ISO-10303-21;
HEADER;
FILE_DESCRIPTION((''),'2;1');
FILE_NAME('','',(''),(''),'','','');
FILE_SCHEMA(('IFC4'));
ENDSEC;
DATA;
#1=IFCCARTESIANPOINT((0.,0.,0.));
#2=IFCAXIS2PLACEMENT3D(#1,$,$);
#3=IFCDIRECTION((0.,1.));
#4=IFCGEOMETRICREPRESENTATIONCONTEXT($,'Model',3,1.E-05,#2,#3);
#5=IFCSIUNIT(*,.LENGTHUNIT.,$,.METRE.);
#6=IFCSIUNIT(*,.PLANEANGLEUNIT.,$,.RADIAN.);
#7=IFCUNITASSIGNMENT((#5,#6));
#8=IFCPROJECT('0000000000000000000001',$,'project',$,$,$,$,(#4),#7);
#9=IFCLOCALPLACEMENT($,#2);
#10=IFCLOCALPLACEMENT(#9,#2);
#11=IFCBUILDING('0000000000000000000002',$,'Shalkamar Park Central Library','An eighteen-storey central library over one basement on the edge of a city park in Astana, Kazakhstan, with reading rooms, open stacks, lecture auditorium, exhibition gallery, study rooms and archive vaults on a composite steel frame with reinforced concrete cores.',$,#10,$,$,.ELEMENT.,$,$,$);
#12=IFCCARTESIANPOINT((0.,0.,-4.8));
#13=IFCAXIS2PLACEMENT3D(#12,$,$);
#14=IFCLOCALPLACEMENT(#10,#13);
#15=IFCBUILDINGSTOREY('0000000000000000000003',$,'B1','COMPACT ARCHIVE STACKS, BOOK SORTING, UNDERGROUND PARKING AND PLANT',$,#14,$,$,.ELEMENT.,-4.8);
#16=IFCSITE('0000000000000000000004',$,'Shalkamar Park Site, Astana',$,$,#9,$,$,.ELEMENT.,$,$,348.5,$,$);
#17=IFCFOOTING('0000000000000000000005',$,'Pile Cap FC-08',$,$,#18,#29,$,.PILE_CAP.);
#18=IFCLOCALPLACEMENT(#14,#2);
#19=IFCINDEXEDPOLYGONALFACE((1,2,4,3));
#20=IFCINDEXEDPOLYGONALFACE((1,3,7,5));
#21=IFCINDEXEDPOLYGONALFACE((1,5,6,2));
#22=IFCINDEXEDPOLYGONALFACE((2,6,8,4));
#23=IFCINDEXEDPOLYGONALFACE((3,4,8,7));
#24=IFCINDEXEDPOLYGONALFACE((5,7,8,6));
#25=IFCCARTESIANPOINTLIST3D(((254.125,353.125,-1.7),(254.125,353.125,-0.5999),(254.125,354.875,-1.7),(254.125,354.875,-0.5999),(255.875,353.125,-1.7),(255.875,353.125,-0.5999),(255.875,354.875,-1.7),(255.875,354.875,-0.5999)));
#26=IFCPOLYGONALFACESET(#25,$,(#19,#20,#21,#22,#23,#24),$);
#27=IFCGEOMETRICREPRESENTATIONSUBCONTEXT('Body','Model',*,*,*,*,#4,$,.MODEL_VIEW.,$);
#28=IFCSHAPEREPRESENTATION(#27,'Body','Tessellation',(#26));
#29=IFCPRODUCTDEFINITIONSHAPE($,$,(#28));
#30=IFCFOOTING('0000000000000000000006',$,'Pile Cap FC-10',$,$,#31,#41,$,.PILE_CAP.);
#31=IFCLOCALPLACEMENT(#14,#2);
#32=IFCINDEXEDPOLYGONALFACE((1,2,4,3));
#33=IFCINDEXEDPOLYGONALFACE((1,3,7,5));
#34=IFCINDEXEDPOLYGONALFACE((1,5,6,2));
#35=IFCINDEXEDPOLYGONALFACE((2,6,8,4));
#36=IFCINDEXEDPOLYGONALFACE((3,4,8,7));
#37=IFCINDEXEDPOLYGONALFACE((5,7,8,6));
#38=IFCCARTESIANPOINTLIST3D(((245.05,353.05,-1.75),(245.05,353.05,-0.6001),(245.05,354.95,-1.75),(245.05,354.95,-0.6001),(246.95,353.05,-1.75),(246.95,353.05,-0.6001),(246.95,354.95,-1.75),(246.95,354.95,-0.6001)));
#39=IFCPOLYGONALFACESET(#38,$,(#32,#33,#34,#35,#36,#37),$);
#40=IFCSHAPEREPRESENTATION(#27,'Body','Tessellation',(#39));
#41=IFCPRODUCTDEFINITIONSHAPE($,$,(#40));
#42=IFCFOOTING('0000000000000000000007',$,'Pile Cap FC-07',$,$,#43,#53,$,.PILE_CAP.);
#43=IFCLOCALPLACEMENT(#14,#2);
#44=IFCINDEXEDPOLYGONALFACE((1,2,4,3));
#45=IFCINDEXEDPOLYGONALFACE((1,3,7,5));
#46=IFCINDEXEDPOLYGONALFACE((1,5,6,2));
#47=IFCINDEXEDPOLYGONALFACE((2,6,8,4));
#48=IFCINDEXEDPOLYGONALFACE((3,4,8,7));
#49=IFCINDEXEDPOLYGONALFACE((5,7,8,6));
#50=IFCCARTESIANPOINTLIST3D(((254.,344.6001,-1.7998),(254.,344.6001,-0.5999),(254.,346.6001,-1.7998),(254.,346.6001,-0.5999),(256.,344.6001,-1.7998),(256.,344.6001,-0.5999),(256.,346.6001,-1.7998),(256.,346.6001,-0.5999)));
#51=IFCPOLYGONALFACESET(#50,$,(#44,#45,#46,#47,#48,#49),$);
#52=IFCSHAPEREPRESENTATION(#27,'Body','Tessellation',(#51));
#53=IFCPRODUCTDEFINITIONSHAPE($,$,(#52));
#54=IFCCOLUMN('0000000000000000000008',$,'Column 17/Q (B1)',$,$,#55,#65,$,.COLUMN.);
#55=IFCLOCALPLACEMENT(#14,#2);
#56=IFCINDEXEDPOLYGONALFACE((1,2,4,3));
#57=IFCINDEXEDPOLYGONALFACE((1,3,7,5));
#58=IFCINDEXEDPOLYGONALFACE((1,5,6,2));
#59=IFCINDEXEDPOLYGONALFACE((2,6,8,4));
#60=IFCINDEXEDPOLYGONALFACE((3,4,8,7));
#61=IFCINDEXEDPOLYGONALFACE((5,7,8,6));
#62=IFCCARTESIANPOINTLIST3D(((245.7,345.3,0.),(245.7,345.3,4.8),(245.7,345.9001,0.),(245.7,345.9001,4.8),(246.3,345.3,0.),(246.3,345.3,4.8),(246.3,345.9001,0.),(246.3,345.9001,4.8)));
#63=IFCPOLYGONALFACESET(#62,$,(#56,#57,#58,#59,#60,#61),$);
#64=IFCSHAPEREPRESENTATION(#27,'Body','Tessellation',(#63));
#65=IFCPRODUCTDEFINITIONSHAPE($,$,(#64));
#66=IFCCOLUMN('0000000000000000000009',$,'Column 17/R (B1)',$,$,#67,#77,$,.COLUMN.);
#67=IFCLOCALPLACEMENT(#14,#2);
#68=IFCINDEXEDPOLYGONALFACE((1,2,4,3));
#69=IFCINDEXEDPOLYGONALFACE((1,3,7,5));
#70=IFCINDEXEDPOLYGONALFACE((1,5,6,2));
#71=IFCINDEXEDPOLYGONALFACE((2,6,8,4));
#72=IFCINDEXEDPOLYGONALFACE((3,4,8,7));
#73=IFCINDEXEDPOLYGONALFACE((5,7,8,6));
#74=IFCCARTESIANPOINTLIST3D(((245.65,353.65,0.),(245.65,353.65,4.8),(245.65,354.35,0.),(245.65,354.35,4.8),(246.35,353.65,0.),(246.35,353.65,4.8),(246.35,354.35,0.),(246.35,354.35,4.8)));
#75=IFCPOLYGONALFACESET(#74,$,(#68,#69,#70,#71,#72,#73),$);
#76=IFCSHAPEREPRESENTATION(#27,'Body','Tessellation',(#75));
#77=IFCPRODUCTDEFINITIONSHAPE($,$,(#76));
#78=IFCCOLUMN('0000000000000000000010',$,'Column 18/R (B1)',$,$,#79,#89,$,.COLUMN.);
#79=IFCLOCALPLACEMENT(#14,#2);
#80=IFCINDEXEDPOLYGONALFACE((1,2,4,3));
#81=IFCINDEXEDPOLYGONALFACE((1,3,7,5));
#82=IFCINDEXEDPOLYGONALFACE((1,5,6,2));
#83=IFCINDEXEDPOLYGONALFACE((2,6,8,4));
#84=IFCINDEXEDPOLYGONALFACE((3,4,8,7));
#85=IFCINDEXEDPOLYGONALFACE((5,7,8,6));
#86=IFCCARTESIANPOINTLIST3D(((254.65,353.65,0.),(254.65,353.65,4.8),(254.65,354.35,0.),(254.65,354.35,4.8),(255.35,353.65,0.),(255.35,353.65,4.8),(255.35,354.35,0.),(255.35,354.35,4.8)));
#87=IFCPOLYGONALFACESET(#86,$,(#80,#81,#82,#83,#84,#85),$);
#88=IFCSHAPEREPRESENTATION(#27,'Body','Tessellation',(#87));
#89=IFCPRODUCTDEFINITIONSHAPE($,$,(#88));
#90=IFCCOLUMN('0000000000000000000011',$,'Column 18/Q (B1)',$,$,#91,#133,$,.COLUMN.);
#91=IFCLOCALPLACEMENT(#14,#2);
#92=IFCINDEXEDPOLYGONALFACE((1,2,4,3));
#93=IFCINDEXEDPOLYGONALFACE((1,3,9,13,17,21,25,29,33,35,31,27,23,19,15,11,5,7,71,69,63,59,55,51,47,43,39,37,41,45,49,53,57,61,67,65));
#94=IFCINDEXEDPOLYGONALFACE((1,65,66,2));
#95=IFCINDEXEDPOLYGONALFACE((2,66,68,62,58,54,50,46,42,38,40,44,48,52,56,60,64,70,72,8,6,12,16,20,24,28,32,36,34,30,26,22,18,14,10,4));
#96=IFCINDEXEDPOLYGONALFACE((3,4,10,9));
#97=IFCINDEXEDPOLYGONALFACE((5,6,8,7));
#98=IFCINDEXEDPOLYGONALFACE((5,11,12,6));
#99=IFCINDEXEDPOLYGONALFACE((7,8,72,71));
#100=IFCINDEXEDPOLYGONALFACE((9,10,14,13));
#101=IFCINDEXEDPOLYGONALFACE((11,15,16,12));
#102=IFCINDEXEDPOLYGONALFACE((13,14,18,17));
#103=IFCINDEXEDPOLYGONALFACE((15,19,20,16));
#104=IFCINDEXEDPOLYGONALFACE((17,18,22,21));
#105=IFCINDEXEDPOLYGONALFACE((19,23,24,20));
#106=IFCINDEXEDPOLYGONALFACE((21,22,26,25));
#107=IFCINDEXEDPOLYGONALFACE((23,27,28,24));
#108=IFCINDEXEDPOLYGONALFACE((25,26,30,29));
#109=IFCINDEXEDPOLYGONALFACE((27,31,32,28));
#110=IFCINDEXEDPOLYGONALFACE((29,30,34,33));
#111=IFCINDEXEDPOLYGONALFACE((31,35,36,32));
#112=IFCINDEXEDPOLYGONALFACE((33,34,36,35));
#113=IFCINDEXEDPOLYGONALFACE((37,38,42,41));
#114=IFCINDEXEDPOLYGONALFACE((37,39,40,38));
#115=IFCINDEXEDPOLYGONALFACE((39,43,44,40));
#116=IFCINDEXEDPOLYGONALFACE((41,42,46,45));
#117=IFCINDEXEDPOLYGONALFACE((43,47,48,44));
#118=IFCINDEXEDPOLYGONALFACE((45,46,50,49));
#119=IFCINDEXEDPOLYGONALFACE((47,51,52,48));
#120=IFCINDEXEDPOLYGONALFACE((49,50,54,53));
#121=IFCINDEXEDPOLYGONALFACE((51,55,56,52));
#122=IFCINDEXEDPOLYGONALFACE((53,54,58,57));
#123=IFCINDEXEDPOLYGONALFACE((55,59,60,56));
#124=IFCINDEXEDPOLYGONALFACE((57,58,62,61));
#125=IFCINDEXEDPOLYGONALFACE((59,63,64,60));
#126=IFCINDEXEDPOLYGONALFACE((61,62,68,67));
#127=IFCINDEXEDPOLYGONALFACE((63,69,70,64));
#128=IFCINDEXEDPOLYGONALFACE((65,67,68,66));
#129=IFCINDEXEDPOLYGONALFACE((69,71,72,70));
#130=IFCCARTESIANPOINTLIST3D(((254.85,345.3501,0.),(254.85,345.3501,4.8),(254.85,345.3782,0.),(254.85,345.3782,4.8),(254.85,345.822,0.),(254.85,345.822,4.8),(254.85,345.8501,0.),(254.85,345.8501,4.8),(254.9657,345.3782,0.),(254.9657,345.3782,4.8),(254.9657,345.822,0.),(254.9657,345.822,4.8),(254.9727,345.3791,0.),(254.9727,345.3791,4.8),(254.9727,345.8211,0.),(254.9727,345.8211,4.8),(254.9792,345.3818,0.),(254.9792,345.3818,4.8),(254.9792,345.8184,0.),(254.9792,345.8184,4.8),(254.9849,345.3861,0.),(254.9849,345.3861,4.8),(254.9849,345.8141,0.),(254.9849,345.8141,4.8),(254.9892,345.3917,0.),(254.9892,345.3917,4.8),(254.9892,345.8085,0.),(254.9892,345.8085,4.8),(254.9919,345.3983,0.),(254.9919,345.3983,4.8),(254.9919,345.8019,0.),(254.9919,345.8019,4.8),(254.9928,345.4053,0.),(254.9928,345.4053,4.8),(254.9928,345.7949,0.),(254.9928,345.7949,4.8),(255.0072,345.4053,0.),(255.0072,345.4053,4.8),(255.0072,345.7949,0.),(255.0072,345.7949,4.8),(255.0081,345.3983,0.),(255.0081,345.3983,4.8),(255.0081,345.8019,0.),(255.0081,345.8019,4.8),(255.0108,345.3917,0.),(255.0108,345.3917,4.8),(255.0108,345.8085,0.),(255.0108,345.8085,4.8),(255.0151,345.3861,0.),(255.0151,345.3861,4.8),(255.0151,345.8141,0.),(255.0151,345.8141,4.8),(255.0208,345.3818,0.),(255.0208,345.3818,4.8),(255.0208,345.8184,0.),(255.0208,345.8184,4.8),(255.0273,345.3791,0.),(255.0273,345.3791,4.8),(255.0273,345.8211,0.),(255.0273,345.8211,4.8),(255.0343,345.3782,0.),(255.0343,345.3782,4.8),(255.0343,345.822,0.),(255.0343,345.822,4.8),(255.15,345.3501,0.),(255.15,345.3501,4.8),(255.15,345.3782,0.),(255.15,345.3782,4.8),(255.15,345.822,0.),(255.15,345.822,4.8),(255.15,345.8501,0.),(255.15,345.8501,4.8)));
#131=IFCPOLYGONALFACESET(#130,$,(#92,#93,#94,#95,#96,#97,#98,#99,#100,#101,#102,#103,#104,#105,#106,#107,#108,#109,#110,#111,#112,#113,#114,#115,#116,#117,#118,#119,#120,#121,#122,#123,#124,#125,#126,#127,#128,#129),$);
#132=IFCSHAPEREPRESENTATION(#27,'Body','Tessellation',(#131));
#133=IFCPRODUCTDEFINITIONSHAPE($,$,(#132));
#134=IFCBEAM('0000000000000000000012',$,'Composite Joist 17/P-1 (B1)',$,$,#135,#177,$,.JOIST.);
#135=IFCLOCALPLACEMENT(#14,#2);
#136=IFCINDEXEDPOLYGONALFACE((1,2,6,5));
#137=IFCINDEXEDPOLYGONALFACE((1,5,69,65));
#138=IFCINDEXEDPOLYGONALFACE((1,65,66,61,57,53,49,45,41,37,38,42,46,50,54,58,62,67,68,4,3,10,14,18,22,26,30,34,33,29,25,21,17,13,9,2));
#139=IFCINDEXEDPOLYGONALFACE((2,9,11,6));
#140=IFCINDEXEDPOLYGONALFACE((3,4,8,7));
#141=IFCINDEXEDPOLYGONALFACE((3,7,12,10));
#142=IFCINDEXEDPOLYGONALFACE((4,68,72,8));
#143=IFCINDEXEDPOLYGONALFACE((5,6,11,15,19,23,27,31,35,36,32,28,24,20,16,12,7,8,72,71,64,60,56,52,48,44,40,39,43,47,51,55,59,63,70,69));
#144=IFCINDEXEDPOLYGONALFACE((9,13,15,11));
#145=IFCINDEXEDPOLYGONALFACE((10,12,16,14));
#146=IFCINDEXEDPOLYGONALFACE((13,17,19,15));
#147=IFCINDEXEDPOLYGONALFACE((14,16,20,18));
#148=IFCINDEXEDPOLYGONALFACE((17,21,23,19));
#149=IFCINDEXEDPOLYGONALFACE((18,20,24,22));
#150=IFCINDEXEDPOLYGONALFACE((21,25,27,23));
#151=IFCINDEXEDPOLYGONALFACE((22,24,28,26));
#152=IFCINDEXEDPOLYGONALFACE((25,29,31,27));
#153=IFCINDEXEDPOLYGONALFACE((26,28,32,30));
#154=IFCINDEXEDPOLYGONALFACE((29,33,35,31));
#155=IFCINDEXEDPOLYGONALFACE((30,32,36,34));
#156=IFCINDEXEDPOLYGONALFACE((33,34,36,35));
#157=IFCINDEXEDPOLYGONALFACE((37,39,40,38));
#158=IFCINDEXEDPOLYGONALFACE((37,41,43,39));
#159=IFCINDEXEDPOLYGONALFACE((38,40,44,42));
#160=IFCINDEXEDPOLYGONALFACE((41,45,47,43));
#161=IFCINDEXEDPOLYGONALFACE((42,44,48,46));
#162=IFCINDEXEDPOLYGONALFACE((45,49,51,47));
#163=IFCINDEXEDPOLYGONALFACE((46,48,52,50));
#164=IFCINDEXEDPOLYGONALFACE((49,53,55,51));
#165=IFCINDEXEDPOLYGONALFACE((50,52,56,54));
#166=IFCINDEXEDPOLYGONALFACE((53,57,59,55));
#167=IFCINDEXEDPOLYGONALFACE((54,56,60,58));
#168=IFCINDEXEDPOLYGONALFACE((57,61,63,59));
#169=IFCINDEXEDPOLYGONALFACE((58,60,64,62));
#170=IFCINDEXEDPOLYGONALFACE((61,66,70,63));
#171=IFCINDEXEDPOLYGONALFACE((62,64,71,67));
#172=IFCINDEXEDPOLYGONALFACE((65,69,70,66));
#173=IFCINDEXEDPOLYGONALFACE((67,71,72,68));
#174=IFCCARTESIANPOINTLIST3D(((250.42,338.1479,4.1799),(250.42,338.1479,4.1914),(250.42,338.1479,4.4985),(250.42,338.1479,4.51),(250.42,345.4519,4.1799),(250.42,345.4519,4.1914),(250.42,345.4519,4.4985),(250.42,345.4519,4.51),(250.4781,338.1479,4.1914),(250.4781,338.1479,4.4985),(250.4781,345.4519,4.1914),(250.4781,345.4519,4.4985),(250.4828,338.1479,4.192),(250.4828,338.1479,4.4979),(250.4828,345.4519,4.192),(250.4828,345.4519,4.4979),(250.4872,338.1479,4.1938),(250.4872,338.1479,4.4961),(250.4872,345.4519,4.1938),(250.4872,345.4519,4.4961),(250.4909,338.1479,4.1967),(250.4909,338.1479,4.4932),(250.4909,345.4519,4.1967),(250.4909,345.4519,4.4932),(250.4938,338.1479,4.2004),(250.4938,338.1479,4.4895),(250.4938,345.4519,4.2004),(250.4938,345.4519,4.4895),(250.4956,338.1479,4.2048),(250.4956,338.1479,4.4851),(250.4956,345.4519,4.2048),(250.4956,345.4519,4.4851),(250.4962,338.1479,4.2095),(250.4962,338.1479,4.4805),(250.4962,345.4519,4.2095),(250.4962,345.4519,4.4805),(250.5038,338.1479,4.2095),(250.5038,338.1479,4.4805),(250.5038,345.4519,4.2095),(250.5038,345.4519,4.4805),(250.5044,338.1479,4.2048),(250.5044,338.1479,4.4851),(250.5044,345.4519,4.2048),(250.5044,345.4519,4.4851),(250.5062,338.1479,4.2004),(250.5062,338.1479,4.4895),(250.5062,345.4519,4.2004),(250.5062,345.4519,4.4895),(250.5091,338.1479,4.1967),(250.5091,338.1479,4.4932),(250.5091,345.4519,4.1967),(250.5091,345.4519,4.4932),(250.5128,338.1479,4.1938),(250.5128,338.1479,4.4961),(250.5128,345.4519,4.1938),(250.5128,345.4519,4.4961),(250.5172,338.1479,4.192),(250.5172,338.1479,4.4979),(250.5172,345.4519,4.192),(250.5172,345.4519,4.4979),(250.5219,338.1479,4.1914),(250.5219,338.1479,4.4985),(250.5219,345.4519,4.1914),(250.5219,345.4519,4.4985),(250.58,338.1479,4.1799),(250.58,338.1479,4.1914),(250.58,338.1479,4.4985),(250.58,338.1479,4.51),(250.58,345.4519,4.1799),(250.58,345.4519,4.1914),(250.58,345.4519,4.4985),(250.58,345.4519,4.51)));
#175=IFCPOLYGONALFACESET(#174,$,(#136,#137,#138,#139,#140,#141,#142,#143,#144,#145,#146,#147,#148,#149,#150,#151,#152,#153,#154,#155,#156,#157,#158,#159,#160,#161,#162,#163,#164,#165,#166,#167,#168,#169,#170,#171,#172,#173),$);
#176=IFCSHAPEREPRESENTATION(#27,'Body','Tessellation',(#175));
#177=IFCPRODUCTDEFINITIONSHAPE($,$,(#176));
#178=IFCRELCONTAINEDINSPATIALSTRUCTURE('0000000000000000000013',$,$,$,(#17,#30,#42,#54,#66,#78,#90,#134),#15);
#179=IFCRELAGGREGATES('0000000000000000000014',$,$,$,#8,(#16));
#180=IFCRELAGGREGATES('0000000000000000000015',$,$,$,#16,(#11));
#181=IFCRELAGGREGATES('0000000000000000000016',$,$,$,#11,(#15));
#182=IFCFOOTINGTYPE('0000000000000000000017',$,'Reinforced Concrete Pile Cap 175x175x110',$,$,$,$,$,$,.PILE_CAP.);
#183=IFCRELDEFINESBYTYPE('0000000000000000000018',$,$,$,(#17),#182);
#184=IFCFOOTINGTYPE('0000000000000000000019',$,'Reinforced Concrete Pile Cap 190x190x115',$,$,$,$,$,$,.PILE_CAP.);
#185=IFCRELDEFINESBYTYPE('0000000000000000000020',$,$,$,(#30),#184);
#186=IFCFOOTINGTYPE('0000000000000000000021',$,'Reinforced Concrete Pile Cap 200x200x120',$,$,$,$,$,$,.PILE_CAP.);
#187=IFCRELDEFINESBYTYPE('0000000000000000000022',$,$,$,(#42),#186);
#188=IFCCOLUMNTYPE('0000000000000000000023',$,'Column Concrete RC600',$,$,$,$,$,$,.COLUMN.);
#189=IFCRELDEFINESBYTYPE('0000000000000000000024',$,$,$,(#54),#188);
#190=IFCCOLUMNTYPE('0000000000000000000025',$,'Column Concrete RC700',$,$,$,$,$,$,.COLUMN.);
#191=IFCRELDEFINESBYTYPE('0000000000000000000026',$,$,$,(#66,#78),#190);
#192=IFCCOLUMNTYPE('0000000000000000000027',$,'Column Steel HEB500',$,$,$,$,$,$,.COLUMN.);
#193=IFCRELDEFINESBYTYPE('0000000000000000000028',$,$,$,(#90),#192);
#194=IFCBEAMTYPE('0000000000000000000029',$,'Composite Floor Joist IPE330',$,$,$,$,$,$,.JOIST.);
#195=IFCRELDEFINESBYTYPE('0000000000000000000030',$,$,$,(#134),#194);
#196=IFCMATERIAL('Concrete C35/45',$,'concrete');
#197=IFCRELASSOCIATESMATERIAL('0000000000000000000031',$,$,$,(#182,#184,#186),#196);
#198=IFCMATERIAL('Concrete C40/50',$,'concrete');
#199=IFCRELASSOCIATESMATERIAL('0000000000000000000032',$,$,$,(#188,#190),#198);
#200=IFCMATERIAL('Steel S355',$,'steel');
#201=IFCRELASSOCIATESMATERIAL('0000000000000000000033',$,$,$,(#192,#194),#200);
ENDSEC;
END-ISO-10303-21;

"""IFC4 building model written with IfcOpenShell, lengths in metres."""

from ifc_helpers import new_model, si_unit, direction, frame, origin, origin_2d, place, context, subcontext, project, spatial, rectangle, i_section, extrude, material, material_profile, profile_set, type_object, element, save


model = new_model("IFC4")

# Units and contexts
model_context = context("Model", 3, precision=1e-05, world=origin(), true_north=direction((0.0, 1.0)))
body_context = subcontext(model_context, "Body", "Model", "MODEL_VIEW")
ifc_project = project(units=[si_unit("LENGTHUNIT", "METRE"), si_unit("PLANEANGLEUNIT", "RADIAN")], contexts=[model_context])

# Site, building, storey
site_placement = place(None, origin())
site = spatial("IfcSite", under=ifc_project, at=site_placement, Name="Shalkamar Park Site, Astana", CompositionType="ELEMENT", RefElevation=348.5)
building_placement = place(site_placement, origin())
building = spatial("IfcBuilding", under=site, at=building_placement, Name="Shalkamar Park Central Library", Description="An eighteen-storey central library over one basement on the edge of a city park in Astana, Kazakhstan, with reading rooms, open stacks, lecture auditorium, exhibition gallery, study rooms and archive vaults on a composite steel frame with reinforced concrete cores.", CompositionType="ELEMENT")
storey_placement = place(building_placement, frame((0.0, 0.0, -4.8)))
storey = spatial("IfcBuildingStorey", under=building, at=storey_placement, Name="B1", Description="COMPACT ARCHIVE STACKS, BOOK SORTING, UNDERGROUND PARKING AND PLANT", CompositionType="ELEMENT", Elevation=-4.8)

# Shared definitions
ifc_material_1 = material(Name="Concrete C35/45", Category="concrete")

# Footings
footing_type_1 = type_object("IfcFootingType", Name="Reinforced Concrete Pile Cap 175x175x110", PredefinedType="PILE_CAP", material=ifc_material_1)
footing_1_placement = place(storey_placement, frame((255.0, 354.0, -1.7), z_axis=(0.0, 0.0, 1.0), x_axis=(1.0, 0.0, 0.0)))
element("IfcFooting", 1, at=footing_1_placement, inside=storey, type_object=footing_type_1, Name="Pile Cap FC-08", PredefinedType="PILE_CAP", context=body_context, shape_type="SweptSolid", body=[
    extrude(rectangle(XDim=1.75, YDim=1.75, at=origin_2d()), origin(), (0.0, 0.0, 1.0), 1.1001),
])
footing_type_2 = type_object("IfcFootingType", Name="Reinforced Concrete Pile Cap 190x190x115", PredefinedType="PILE_CAP", material=ifc_material_1)
footing_2_placement = place(storey_placement, frame((246.0, 354.0, -1.75), z_axis=(0.0, 0.0, 1.0), x_axis=(1.0, 0.0, 0.0)))
element("IfcFooting", 2, at=footing_2_placement, inside=storey, type_object=footing_type_2, Name="Pile Cap FC-10", PredefinedType="PILE_CAP", context=body_context, shape_type="SweptSolid", body=[
    extrude(rectangle(XDim=1.8999, YDim=1.8999, at=origin_2d()), origin(), (0.0, 0.0, 1.0), 1.1499),
])
footing_type_3 = type_object("IfcFootingType", Name="Reinforced Concrete Pile Cap 200x200x120", PredefinedType="PILE_CAP", material=ifc_material_1)
footing_3_placement = place(storey_placement, frame((255.0, 345.6001, -1.7998), z_axis=(0.0, 0.0, 1.0), x_axis=(1.0, 0.0, 0.0)))
element("IfcFooting", 3, at=footing_3_placement, inside=storey, type_object=footing_type_3, Name="Pile Cap FC-07", PredefinedType="PILE_CAP", context=body_context, shape_type="SweptSolid", body=[
    extrude(rectangle(XDim=2.0, YDim=2.0, at=origin_2d()), origin(), (0.0, 0.0, 1.0), 1.2),
])

# Columns
ifc_material_2 = material(Name="Concrete C40/50", Category="concrete")
ifc_material_profile_1 = material_profile(ifc_material_2, rectangle(XDim=0.6001, YDim=0.6001, at=origin_2d()), Name="RC 600x600")
ifc_profile_set_1 = profile_set([ifc_material_profile_1], Name="Concrete C40/50")
column_type_1 = type_object("IfcColumnType", Name="Column Concrete RC600", PredefinedType="COLUMN", material=ifc_profile_set_1)
column_1_placement = place(storey_placement, frame((246.0, 345.6001, 0.0), z_axis=(0.0, 0.0, 1.0), x_axis=(1.0, 0.0, 0.0)))
element("IfcColumn", 4, at=column_1_placement, inside=storey, type_object=column_type_1, Name="Column 17/Q (B1)", PredefinedType="COLUMN", context=body_context, shape_type="SweptSolid", body=[
    extrude(rectangle(XDim=0.6001, YDim=0.6001, at=origin_2d()), origin(), (0.0, 0.0, 1.0), 4.8),
])
ifc_material_profile_2 = material_profile(ifc_material_2, rectangle(XDim=0.7, YDim=0.7, at=origin_2d()), Name="RC 700x700")
ifc_profile_set_2 = profile_set([ifc_material_profile_2], Name="Concrete C40/50")
column_type_2 = type_object("IfcColumnType", Name="Column Concrete RC700", PredefinedType="COLUMN", material=ifc_profile_set_2)
for number, where, z_axis, x_axis, name in (
    (5, (246.0, 354.0, 0.0), (0.0, 0.0, 1.0), (1.0, 0.0, 0.0), "Column 17/R (B1)"),
    (6, (255.0, 354.0, 0.0), (0.0, 0.0, 1.0), (1.0, 0.0, 0.0), "Column 18/R (B1)"),
):
    element("IfcColumn", number, at=place(storey_placement, frame(where, z_axis=z_axis, x_axis=x_axis)), inside=storey, type_object=column_type_2, Name=name, PredefinedType="COLUMN", context=body_context, shape_type="SweptSolid", body=[
        extrude(rectangle(XDim=0.7, YDim=0.7, at=origin_2d()), origin(), (0.0, 0.0, 1.0), 4.8),
    ])
ifc_material_3 = material(Name="Steel S355", Category="steel")
ifc_material_profile_3 = material_profile(ifc_material_3, i_section(OverallWidth=0.3, OverallDepth=0.5, WebThickness=0.0144, FlangeThickness=0.0281, FilletRadius=0.0271, at=origin_2d()), Name="HEB 500")
ifc_profile_set_3 = profile_set([ifc_material_profile_3], Name="Steel S355")
column_type_3 = type_object("IfcColumnType", Name="Column Steel HEB500", PredefinedType="COLUMN", material=ifc_profile_set_3)
column_2_placement = place(storey_placement, frame((255.0, 345.6001, 0.0), z_axis=(0.0, 0.0, 1.0), x_axis=(1.0, 0.0, 0.0)))
element("IfcColumn", 7, at=column_2_placement, inside=storey, type_object=column_type_3, Name="Column 18/Q (B1)", PredefinedType="COLUMN", context=body_context, shape_type="SweptSolid", body=[
    extrude(i_section(OverallWidth=0.3, OverallDepth=0.5, WebThickness=0.0144, FlangeThickness=0.0281, FilletRadius=0.0271, at=origin_2d()), origin(), (0.0, 0.0, 1.0), 4.8),
])

# Beam
ifc_material_profile_4 = material_profile(ifc_material_3, i_section(OverallWidth=0.1599, OverallDepth=0.3301, WebThickness=0.0076, FlangeThickness=0.0115, FilletRadius=0.0181, at=origin_2d()), Name="IPE 330")
ifc_profile_set_4 = profile_set([ifc_material_profile_4], Name="Steel S355")
beam_type_1 = type_object("IfcBeamType", Name="Composite Floor Joist IPE330", PredefinedType="JOIST", material=ifc_profile_set_4)
beam_1_placement = place(storey_placement, frame((250.5, 338.1479, 4.345), z_axis=(0.0, 1.0, 0.0), x_axis=(-1.0, 0.0, 0.0)))
element("IfcBeam", 8, at=beam_1_placement, inside=storey, type_object=beam_type_1, Name="Composite Joist 17/P-1 (B1)", PredefinedType="JOIST", context=body_context, shape_type="SweptSolid", body=[
    extrude(i_section(OverallWidth=0.1599, OverallDepth=0.3301, WebThickness=0.0076, FlangeThickness=0.0115, FilletRadius=0.0181, at=origin_2d()), origin(), (0.0, 0.0, 1.0), 7.304),
])

save(model, "model.ifc")
